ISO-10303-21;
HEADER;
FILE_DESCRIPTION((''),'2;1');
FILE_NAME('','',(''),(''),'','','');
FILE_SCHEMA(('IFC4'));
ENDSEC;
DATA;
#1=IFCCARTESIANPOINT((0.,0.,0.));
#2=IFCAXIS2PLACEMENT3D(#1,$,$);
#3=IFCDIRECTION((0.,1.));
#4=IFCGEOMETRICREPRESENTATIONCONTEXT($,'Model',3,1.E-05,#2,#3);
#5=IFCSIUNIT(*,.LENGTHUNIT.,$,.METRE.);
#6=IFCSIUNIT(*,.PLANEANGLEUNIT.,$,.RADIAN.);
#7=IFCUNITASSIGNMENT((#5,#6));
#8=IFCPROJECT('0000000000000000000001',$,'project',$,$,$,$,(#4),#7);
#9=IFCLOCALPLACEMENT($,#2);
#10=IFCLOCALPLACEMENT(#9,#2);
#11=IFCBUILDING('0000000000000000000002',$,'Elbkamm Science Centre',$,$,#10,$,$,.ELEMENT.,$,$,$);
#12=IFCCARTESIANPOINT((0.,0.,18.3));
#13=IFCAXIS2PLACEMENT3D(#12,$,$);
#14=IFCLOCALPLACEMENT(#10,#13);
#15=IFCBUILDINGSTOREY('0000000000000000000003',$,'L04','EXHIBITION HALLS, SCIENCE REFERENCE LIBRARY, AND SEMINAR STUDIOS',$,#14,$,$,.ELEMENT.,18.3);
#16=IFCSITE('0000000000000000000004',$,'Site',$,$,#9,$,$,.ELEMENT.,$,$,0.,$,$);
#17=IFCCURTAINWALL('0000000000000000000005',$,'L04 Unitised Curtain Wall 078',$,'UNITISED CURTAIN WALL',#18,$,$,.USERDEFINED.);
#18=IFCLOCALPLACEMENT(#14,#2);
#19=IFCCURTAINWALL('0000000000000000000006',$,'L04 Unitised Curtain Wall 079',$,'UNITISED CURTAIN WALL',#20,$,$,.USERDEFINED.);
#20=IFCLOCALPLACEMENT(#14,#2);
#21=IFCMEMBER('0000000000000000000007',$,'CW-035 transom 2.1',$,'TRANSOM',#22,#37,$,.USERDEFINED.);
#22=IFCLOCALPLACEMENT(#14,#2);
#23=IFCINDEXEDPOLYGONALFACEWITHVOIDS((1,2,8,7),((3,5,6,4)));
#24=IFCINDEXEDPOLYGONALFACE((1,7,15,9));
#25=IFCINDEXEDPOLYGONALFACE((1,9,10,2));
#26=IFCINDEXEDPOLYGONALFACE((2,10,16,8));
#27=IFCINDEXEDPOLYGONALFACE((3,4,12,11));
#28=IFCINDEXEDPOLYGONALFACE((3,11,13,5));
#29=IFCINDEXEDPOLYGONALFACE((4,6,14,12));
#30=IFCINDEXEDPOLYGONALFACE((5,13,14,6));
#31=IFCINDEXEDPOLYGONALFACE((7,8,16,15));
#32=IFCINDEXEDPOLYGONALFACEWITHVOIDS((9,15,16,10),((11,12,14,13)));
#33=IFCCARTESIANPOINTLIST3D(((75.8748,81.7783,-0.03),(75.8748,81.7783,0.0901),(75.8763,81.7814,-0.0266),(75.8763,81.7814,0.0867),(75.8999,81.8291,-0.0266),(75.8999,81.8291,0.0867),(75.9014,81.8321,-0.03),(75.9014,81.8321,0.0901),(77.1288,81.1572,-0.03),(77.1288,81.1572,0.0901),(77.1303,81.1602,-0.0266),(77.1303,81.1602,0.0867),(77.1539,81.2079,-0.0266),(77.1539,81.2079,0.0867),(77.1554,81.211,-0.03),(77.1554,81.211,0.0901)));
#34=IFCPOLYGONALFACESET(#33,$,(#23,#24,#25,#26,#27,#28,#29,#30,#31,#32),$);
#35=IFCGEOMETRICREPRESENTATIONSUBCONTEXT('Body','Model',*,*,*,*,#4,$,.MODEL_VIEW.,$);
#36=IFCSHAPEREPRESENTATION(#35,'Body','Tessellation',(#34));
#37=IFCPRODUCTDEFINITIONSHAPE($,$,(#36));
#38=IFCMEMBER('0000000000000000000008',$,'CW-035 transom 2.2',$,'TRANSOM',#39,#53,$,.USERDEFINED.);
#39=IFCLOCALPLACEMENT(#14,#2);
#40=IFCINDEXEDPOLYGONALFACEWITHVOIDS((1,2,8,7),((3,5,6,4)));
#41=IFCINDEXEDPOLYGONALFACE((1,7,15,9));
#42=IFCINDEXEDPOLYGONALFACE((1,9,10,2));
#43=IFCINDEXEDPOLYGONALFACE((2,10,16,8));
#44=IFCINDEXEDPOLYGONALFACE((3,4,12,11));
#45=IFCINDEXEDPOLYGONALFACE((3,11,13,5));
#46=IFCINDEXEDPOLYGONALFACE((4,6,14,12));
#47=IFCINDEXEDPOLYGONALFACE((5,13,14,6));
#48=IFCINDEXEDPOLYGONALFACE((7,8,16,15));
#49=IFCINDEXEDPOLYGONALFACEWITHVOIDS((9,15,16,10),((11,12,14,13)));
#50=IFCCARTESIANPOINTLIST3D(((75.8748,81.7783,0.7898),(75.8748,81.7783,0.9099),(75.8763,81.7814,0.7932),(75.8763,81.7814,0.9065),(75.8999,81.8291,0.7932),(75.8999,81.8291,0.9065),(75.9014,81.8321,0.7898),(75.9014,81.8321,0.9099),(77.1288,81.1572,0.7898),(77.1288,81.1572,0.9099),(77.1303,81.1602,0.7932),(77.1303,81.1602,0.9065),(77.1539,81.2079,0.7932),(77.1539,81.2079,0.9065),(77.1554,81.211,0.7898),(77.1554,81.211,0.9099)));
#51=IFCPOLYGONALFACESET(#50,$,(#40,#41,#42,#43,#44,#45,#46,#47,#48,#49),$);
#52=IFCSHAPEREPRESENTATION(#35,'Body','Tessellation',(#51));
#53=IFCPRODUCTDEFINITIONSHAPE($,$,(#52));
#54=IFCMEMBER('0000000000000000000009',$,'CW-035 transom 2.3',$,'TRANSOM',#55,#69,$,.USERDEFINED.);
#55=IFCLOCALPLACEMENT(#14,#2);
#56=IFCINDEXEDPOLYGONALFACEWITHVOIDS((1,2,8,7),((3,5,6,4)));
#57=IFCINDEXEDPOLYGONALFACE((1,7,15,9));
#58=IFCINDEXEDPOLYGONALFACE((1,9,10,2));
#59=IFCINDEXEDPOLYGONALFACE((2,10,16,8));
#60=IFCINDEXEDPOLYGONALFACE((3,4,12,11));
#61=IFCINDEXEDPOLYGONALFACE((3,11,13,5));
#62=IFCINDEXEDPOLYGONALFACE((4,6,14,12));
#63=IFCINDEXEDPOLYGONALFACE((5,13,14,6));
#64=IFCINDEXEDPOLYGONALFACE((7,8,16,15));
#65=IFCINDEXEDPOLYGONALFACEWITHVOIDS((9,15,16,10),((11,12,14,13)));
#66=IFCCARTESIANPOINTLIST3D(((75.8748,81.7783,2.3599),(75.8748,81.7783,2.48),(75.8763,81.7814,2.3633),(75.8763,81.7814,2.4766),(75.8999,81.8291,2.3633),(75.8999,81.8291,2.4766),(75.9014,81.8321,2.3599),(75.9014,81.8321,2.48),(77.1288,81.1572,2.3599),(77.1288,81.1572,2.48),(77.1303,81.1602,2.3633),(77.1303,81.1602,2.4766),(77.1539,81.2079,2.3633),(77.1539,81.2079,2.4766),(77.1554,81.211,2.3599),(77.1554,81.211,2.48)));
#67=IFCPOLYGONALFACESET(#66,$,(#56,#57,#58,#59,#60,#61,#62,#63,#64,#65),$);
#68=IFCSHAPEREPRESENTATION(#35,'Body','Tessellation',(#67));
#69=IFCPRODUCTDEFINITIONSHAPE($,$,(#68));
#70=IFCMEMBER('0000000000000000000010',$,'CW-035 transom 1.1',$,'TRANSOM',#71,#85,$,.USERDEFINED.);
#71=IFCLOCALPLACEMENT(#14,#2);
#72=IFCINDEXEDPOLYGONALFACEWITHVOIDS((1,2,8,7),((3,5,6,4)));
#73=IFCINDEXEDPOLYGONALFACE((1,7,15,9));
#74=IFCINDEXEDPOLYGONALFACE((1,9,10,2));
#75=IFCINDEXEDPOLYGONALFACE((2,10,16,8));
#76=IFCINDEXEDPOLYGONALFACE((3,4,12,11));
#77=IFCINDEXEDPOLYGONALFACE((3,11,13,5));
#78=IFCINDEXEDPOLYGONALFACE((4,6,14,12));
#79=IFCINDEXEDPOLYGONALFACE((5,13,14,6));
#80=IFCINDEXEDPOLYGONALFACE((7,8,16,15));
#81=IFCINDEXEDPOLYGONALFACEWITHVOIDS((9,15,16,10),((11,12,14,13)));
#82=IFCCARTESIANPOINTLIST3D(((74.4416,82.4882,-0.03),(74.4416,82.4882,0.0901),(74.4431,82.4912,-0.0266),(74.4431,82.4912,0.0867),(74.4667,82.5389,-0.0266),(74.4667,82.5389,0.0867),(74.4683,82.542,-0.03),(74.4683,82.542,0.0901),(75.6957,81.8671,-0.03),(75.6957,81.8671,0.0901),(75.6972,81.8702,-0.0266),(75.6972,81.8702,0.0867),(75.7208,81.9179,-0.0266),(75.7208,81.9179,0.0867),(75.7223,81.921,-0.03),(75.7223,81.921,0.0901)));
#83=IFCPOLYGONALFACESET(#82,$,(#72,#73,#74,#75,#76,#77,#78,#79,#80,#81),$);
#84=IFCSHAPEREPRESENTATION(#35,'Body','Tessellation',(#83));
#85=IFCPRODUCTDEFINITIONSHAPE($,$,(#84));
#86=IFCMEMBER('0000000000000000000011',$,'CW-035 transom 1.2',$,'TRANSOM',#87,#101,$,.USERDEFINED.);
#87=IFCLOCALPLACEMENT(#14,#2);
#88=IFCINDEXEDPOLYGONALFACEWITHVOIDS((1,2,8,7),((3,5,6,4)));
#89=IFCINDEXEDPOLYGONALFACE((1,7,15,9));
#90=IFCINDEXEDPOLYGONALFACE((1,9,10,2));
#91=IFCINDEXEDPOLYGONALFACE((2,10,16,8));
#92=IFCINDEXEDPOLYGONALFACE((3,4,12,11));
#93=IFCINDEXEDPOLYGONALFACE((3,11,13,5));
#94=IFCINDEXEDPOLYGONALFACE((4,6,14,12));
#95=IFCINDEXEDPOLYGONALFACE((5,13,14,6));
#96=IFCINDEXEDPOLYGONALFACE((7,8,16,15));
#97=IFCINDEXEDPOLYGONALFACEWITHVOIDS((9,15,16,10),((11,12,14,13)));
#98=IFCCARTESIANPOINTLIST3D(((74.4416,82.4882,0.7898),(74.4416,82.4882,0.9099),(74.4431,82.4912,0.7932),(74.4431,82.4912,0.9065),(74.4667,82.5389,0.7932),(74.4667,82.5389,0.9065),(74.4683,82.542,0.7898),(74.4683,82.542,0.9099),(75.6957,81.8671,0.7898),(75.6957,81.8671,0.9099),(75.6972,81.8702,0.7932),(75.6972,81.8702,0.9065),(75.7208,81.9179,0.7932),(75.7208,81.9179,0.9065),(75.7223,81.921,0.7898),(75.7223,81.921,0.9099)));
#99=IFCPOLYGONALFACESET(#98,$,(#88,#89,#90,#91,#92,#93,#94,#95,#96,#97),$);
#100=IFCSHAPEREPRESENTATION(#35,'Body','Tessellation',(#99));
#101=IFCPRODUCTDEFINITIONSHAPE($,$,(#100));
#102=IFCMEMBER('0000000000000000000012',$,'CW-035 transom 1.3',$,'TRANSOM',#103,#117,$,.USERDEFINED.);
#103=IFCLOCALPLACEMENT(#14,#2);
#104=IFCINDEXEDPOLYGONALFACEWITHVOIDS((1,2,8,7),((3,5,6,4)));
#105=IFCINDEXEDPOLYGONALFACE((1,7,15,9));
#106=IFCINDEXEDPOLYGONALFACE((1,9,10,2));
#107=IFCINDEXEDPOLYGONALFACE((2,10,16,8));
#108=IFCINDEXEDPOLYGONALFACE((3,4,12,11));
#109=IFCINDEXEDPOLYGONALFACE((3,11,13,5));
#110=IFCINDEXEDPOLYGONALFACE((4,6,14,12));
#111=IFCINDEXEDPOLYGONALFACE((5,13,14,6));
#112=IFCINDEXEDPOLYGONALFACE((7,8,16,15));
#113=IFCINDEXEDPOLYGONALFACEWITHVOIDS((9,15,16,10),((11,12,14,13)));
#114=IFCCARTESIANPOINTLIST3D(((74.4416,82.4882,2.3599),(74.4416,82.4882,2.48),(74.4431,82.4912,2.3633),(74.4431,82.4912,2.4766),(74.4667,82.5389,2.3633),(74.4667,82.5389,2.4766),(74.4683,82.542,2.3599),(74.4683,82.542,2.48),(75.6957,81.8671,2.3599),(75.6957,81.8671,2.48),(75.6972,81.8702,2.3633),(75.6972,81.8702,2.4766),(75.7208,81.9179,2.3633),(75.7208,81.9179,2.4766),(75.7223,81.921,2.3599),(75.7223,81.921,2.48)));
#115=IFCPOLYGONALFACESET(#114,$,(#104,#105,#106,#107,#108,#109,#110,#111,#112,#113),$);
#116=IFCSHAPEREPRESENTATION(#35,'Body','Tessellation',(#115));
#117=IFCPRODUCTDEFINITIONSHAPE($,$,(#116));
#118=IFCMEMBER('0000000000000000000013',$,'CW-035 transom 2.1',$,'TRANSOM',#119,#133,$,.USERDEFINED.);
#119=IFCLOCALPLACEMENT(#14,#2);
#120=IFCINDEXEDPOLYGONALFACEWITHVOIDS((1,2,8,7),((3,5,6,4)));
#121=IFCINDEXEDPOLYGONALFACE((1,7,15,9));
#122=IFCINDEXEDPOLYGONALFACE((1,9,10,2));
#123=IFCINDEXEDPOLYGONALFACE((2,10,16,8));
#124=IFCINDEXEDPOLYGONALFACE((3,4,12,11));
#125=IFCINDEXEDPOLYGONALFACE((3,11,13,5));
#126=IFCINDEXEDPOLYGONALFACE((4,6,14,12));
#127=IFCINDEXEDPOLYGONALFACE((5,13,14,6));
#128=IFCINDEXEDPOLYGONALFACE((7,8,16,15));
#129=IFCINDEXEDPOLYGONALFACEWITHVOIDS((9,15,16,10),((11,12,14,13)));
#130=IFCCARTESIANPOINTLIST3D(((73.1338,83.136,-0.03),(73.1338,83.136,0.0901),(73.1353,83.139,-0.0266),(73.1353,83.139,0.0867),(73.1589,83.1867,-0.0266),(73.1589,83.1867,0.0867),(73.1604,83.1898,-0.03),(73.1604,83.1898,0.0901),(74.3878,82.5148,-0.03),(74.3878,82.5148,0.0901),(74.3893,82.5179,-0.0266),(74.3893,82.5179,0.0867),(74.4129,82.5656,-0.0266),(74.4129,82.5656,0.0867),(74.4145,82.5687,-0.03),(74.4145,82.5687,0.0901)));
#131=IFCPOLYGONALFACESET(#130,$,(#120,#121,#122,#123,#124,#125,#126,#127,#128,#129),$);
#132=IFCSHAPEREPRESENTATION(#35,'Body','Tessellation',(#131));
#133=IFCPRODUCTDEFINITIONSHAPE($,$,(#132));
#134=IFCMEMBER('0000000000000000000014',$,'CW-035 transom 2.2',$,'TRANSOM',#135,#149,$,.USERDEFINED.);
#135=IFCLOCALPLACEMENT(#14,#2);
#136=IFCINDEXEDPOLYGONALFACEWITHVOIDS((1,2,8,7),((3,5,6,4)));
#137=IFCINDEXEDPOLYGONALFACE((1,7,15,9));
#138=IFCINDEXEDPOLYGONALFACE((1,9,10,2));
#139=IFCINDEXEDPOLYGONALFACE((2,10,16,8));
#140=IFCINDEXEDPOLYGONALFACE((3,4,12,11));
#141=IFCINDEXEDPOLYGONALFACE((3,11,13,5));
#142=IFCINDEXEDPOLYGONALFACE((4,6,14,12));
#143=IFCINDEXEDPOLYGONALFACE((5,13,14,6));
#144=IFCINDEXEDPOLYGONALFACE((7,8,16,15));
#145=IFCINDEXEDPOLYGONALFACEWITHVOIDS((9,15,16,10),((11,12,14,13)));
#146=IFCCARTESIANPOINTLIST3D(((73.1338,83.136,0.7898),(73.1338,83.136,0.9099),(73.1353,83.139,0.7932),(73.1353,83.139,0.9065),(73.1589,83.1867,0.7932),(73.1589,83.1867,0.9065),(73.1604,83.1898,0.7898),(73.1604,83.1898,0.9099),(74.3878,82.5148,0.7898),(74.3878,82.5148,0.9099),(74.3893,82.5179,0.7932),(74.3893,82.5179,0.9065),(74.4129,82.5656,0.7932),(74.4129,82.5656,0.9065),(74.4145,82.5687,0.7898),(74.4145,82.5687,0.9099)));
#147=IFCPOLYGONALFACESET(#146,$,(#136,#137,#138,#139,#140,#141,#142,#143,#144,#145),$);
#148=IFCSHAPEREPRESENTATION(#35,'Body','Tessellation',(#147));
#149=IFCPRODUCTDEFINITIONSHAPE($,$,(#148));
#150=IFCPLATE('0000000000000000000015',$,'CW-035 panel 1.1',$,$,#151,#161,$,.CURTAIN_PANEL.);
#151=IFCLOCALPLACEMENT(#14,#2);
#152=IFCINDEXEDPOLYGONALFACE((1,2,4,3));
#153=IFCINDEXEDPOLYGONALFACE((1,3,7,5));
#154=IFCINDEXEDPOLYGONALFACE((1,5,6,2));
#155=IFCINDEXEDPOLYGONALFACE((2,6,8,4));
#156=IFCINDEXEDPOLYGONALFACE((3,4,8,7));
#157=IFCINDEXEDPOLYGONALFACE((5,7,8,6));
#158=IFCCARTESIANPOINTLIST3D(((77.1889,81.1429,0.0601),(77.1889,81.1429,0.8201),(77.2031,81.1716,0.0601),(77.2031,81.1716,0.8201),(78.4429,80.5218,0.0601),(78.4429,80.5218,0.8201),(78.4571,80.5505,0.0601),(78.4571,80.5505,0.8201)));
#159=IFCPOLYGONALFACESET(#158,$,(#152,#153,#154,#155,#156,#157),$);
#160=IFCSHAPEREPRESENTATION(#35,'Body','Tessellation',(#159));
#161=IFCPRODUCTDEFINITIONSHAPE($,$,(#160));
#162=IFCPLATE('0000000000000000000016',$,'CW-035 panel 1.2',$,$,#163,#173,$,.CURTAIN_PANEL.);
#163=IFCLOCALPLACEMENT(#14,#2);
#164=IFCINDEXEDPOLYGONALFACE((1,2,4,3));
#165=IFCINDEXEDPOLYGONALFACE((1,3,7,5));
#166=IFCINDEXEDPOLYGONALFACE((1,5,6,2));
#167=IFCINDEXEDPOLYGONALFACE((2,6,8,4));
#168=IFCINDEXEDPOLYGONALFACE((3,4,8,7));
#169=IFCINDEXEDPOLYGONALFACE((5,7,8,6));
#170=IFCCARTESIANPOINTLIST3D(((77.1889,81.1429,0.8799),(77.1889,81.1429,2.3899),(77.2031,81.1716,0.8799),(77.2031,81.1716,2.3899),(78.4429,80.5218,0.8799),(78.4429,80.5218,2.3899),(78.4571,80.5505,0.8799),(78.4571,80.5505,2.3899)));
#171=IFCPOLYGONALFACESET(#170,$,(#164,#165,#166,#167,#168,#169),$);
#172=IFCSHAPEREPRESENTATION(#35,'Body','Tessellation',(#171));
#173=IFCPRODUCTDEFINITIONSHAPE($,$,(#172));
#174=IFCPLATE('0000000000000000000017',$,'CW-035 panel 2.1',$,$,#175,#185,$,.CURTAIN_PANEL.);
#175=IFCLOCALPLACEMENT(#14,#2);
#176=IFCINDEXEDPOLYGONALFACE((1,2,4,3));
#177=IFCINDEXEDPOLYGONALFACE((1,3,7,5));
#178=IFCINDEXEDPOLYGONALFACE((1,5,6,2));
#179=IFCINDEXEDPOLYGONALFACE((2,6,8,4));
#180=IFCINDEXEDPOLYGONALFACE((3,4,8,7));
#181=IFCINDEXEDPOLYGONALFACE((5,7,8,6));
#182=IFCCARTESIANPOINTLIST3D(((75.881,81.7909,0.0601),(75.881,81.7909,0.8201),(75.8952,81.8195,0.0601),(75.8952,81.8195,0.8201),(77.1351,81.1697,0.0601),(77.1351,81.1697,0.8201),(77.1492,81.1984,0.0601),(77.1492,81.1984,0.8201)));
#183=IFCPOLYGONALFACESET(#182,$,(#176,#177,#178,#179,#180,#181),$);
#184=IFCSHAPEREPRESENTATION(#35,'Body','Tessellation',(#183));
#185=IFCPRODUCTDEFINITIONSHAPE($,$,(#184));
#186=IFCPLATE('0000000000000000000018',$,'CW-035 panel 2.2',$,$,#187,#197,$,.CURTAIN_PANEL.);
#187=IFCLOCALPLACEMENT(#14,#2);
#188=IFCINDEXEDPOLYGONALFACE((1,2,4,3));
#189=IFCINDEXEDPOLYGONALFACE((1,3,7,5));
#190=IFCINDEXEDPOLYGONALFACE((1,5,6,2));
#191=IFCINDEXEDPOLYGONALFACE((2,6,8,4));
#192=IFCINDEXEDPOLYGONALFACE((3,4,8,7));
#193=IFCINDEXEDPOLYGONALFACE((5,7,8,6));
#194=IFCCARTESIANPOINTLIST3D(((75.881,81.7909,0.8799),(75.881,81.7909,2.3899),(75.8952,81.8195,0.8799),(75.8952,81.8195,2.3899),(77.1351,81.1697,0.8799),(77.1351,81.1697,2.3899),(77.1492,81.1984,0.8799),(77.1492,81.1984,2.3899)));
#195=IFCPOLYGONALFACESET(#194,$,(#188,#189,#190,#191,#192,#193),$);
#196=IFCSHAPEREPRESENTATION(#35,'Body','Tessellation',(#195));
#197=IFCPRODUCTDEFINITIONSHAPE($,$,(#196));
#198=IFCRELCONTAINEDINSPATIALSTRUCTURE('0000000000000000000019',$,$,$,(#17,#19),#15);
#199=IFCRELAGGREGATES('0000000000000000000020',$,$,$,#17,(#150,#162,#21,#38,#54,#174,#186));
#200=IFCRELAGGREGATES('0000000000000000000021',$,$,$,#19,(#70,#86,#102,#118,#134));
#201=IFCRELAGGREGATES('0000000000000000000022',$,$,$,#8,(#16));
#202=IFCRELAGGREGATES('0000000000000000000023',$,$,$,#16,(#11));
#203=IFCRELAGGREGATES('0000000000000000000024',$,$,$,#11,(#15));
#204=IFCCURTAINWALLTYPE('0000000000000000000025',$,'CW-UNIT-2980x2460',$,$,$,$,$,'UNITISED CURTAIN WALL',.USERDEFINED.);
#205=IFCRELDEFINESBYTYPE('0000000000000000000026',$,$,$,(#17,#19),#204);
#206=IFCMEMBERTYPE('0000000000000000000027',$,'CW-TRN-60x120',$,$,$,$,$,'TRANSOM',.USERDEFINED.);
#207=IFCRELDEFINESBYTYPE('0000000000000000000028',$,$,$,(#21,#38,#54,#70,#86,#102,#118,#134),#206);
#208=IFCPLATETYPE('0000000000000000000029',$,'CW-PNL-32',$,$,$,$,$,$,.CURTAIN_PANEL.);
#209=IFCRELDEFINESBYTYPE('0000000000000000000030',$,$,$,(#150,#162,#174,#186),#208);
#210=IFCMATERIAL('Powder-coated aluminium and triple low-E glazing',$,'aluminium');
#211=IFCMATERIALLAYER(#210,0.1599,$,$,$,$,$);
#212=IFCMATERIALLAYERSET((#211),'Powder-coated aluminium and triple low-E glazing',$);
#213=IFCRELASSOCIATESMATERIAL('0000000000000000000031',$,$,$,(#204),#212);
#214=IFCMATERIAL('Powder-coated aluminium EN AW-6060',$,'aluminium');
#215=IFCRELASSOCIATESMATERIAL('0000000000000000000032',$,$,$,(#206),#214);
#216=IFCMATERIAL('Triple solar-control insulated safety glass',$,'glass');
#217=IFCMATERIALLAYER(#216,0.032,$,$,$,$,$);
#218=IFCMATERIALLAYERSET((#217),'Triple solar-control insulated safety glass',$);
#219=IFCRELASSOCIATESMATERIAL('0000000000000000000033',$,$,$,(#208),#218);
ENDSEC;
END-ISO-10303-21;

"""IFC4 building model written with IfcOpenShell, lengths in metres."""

from ifc_helpers import new_model, si_unit, direction, frame, origin, origin_2d, place, context, subcontext, project, spatial, rectangle, hollow_rectangle, extrude, material, layer, layer_set, material_profile, profile_set, type_object, element, aggregate, save


model = new_model("IFC4")

# Units and contexts
model_context = context("Model", 3, precision=1e-05, world=origin(), true_north=direction((0.0, 1.0)))
body_context = subcontext(model_context, "Body", "Model", "MODEL_VIEW")
ifc_project = project(units=[si_unit("LENGTHUNIT", "METRE"), si_unit("PLANEANGLEUNIT", "RADIAN")], contexts=[model_context])

# Site, building, storey
site_placement = place(None, origin())
site = spatial("IfcSite", under=ifc_project, at=site_placement, Name="Site", CompositionType="ELEMENT", RefElevation=0.0)
building_placement = place(site_placement, origin())
building = spatial("IfcBuilding", under=site, at=building_placement, Name="Elbkamm Science Centre", CompositionType="ELEMENT")
storey_placement = place(building_placement, frame((0.0, 0.0, 18.3)))
storey = spatial("IfcBuildingStorey", under=building, at=storey_placement, Name="L04", Description="EXHIBITION HALLS, SCIENCE REFERENCE LIBRARY, AND SEMINAR STUDIOS", CompositionType="ELEMENT", Elevation=18.3)

# Curtain walls
ifc_material_1 = material(Name="Powder-coated aluminium and triple low-E glazing", Category="aluminium")
ifc_layer_1 = layer(ifc_material_1, 0.1599)
ifc_layer_set_1 = layer_set([ifc_layer_1], Name="Powder-coated aluminium and triple low-E glazing")
curtain_wall_type = type_object("IfcCurtainWallType", Name="CW-UNIT-2980x2460", ElementType="UNITISED CURTAIN WALL", PredefinedType="USERDEFINED", material=ifc_layer_set_1)
curtain_wall_1_placement = place(storey_placement, origin())
curtain_wall_1 = element("IfcCurtainWall", 1, at=curtain_wall_1_placement, inside=storey, type_object=curtain_wall_type, Name="L04 Unitised Curtain Wall 078", ObjectType="UNITISED CURTAIN WALL", PredefinedType="USERDEFINED")
ifc_material_2 = material(Name="Powder-coated aluminium EN AW-6060", Category="aluminium")
curtain_wall_2_placement = place(storey_placement, origin())
curtain_wall_2 = element("IfcCurtainWall", 2, at=curtain_wall_2_placement, inside=storey, type_object=curtain_wall_type, Name="L04 Unitised Curtain Wall 079", ObjectType="UNITISED CURTAIN WALL", PredefinedType="USERDEFINED")

# Members
ifc_material_profile_1 = material_profile(ifc_material_2, hollow_rectangle(XDim=0.0601, YDim=0.1201, WallThickness=0.0034, at=origin_2d()), Name="ALU T60x120")
ifc_profile_set_1 = profile_set([ifc_material_profile_1], Name="Powder-coated aluminium EN AW-6060")
member_type_1 = type_object("IfcMemberType", Name="CW-TRN-60x120", ElementType="TRANSOM", PredefinedType="USERDEFINED", material=ifc_profile_set_1)
member_1_placement = place(storey_placement, frame((77.1421, 81.1841, 0.03), z_axis=(-0.896096, 0.443861, 0.0), x_axis=(-0.443861, -0.896096, 0.0)))
member_1 = element("IfcMember", 3, at=member_1_placement, type_object=member_type_1, Name="CW-035 transom 2.1", ObjectType="TRANSOM", PredefinedType="USERDEFINED", context=body_context, shape_type="SweptSolid", body=[
    extrude(hollow_rectangle(XDim=0.0601, YDim=0.1201, WallThickness=0.0034, at=origin_2d()), origin(), (0.0, 0.0, 1.0), 1.3994),
])
member_2_placement = place(storey_placement, frame((77.1421, 81.1841, 0.8499), z_axis=(-0.896096, 0.443861, 0.0), x_axis=(-0.443861, -0.896096, 0.0)))
member_2 = element("IfcMember", 4, at=member_2_placement, type_object=member_type_1, Name="CW-035 transom 2.2", ObjectType="TRANSOM", PredefinedType="USERDEFINED", context=body_context, shape_type="SweptSolid", body=[
    extrude(hollow_rectangle(XDim=0.0601, YDim=0.1201, WallThickness=0.0034, at=origin_2d()), origin(), (0.0, 0.0, 1.0), 1.3994),
])
member_3_placement = place(storey_placement, frame((77.1421, 81.1841, 2.4199), z_axis=(-0.896096, 0.443861, 0.0), x_axis=(-0.443861, -0.896096, 0.0)))
member_3 = element("IfcMember", 5, at=member_3_placement, type_object=member_type_1, Name="CW-035 transom 2.3", ObjectType="TRANSOM", PredefinedType="USERDEFINED", context=body_context, shape_type="SweptSolid", body=[
    extrude(hollow_rectangle(XDim=0.0601, YDim=0.1201, WallThickness=0.0034, at=origin_2d()), origin(), (0.0, 0.0, 1.0), 1.3994),
])
member_4_placement = place(storey_placement, frame((75.709, 81.894, 0.03), z_axis=(-0.89613, 0.443791, 0.0), x_axis=(-0.443791, -0.89613, 0.0)))
member_4 = element("IfcMember", 6, at=member_4_placement, type_object=member_type_1, Name="CW-035 transom 1.1", ObjectType="TRANSOM", PredefinedType="USERDEFINED", context=body_context, shape_type="SweptSolid", body=[
    extrude(hollow_rectangle(XDim=0.0601, YDim=0.1201, WallThickness=0.0034, at=origin_2d()), origin(), (0.0, 0.0, 1.0), 1.3994),
])
member_5_placement = place(storey_placement, frame((75.709, 81.894, 0.8499), z_axis=(-0.89613, 0.443791, 0.0), x_axis=(-0.443791, -0.89613, 0.0)))
member_5 = element("IfcMember", 7, at=member_5_placement, type_object=member_type_1, Name="CW-035 transom 1.2", ObjectType="TRANSOM", PredefinedType="USERDEFINED", context=body_context, shape_type="SweptSolid", body=[
    extrude(hollow_rectangle(XDim=0.0601, YDim=0.1201, WallThickness=0.0034, at=origin_2d()), origin(), (0.0, 0.0, 1.0), 1.3994),
])
member_6_placement = place(storey_placement, frame((75.709, 81.894, 2.4199), z_axis=(-0.89613, 0.443791, 0.0), x_axis=(-0.443791, -0.89613, 0.0)))
member_6 = element("IfcMember", 8, at=member_6_placement, type_object=member_type_1, Name="CW-035 transom 1.3", ObjectType="TRANSOM", PredefinedType="USERDEFINED", context=body_context, shape_type="SweptSolid", body=[
    extrude(hollow_rectangle(XDim=0.0601, YDim=0.1201, WallThickness=0.0034, at=origin_2d()), origin(), (0.0, 0.0, 1.0), 1.3994),
])
member_7_placement = place(storey_placement, frame((74.4011, 82.5417, 0.03), z_axis=(-0.896096, 0.443861, 0.0), x_axis=(-0.443861, -0.896096, 0.0)))
member_7 = element("IfcMember", 9, at=member_7_placement, type_object=member_type_1, Name="CW-035 transom 2.1", ObjectType="TRANSOM", PredefinedType="USERDEFINED", context=body_context, shape_type="SweptSolid", body=[
    extrude(hollow_rectangle(XDim=0.0601, YDim=0.1201, WallThickness=0.0034, at=origin_2d()), origin(), (0.0, 0.0, 1.0), 1.3994),
])
member_8_placement = place(storey_placement, frame((74.4011, 82.5417, 0.8499), z_axis=(-0.896096, 0.443861, 0.0), x_axis=(-0.443861, -0.896096, 0.0)))
member_8 = element("IfcMember", 10, at=member_8_placement, type_object=member_type_1, Name="CW-035 transom 2.2", ObjectType="TRANSOM", PredefinedType="USERDEFINED", context=body_context, shape_type="SweptSolid", body=[
    extrude(hollow_rectangle(XDim=0.0601, YDim=0.1201, WallThickness=0.0034, at=origin_2d()), origin(), (0.0, 0.0, 1.0), 1.3994),
])

# Plates
ifc_material_3 = material(Name="Triple solar-control insulated safety glass", Category="glass")
ifc_layer_2 = layer(ifc_material_3, 0.032)
ifc_layer_set_2 = layer_set([ifc_layer_2], Name="Triple solar-control insulated safety glass")
plate_type = type_object("IfcPlateType", Name="CW-PNL-32", PredefinedType="CURTAIN_PANEL", material=ifc_layer_set_2)
plate_1_placement = place(storey_placement, frame((77.823, 80.8467, 0.0601), z_axis=(0.0, 0.0, 1.0), x_axis=(-0.896106, 0.44384, 0.0)))
plate_1 = element("IfcPlate", 11, at=plate_1_placement, type_object=plate_type, Name="CW-035 panel 1.1", PredefinedType="CURTAIN_PANEL", context=body_context, shape_type="SweptSolid", body=[
    extrude(rectangle(XDim=1.3994, YDim=0.032, at=origin_2d()), origin(), (0.0, 0.0, 1.0), 0.76),
])
plate_2_placement = place(storey_placement, frame((77.823, 80.8467, 0.8799), z_axis=(0.0, 0.0, 1.0), x_axis=(-0.896106, 0.44384, 0.0)))
plate_2 = element("IfcPlate", 12, at=plate_2_placement, type_object=plate_type, Name="CW-035 panel 1.2", PredefinedType="CURTAIN_PANEL", context=body_context, shape_type="SweptSolid", body=[
    extrude(rectangle(XDim=1.3994, YDim=0.032, at=origin_2d()), origin(), (0.0, 0.0, 1.0), 1.51),
])
plate_3_placement = place(storey_placement, frame((76.5151, 81.4946, 0.0601), z_axis=(0.0, 0.0, 1.0), x_axis=(-0.896106, 0.44384, 0.0)))
plate_3 = element("IfcPlate", 13, at=plate_3_placement, type_object=plate_type, Name="CW-035 panel 2.1", PredefinedType="CURTAIN_PANEL", context=body_context, shape_type="SweptSolid", body=[
    extrude(rectangle(XDim=1.3994, YDim=0.032, at=origin_2d()), origin(), (0.0, 0.0, 1.0), 0.76),
])
plate_4_placement = place(storey_placement, frame((76.5151, 81.4946, 0.8799), z_axis=(0.0, 0.0, 1.0), x_axis=(-0.896106, 0.44384, 0.0)))
plate_4 = element("IfcPlate", 14, at=plate_4_placement, type_object=plate_type, Name="CW-035 panel 2.2", PredefinedType="CURTAIN_PANEL", context=body_context, shape_type="SweptSolid", body=[
    extrude(rectangle(XDim=1.3994, YDim=0.032, at=origin_2d()), origin(), (0.0, 0.0, 1.0), 1.51),
])
aggregate(curtain_wall_1, [plate_1, plate_2, member_1, member_2, member_3, plate_3, plate_4])
aggregate(curtain_wall_2, [member_4, member_5, member_6, member_7, member_8])

save(model, "model.ifc")
